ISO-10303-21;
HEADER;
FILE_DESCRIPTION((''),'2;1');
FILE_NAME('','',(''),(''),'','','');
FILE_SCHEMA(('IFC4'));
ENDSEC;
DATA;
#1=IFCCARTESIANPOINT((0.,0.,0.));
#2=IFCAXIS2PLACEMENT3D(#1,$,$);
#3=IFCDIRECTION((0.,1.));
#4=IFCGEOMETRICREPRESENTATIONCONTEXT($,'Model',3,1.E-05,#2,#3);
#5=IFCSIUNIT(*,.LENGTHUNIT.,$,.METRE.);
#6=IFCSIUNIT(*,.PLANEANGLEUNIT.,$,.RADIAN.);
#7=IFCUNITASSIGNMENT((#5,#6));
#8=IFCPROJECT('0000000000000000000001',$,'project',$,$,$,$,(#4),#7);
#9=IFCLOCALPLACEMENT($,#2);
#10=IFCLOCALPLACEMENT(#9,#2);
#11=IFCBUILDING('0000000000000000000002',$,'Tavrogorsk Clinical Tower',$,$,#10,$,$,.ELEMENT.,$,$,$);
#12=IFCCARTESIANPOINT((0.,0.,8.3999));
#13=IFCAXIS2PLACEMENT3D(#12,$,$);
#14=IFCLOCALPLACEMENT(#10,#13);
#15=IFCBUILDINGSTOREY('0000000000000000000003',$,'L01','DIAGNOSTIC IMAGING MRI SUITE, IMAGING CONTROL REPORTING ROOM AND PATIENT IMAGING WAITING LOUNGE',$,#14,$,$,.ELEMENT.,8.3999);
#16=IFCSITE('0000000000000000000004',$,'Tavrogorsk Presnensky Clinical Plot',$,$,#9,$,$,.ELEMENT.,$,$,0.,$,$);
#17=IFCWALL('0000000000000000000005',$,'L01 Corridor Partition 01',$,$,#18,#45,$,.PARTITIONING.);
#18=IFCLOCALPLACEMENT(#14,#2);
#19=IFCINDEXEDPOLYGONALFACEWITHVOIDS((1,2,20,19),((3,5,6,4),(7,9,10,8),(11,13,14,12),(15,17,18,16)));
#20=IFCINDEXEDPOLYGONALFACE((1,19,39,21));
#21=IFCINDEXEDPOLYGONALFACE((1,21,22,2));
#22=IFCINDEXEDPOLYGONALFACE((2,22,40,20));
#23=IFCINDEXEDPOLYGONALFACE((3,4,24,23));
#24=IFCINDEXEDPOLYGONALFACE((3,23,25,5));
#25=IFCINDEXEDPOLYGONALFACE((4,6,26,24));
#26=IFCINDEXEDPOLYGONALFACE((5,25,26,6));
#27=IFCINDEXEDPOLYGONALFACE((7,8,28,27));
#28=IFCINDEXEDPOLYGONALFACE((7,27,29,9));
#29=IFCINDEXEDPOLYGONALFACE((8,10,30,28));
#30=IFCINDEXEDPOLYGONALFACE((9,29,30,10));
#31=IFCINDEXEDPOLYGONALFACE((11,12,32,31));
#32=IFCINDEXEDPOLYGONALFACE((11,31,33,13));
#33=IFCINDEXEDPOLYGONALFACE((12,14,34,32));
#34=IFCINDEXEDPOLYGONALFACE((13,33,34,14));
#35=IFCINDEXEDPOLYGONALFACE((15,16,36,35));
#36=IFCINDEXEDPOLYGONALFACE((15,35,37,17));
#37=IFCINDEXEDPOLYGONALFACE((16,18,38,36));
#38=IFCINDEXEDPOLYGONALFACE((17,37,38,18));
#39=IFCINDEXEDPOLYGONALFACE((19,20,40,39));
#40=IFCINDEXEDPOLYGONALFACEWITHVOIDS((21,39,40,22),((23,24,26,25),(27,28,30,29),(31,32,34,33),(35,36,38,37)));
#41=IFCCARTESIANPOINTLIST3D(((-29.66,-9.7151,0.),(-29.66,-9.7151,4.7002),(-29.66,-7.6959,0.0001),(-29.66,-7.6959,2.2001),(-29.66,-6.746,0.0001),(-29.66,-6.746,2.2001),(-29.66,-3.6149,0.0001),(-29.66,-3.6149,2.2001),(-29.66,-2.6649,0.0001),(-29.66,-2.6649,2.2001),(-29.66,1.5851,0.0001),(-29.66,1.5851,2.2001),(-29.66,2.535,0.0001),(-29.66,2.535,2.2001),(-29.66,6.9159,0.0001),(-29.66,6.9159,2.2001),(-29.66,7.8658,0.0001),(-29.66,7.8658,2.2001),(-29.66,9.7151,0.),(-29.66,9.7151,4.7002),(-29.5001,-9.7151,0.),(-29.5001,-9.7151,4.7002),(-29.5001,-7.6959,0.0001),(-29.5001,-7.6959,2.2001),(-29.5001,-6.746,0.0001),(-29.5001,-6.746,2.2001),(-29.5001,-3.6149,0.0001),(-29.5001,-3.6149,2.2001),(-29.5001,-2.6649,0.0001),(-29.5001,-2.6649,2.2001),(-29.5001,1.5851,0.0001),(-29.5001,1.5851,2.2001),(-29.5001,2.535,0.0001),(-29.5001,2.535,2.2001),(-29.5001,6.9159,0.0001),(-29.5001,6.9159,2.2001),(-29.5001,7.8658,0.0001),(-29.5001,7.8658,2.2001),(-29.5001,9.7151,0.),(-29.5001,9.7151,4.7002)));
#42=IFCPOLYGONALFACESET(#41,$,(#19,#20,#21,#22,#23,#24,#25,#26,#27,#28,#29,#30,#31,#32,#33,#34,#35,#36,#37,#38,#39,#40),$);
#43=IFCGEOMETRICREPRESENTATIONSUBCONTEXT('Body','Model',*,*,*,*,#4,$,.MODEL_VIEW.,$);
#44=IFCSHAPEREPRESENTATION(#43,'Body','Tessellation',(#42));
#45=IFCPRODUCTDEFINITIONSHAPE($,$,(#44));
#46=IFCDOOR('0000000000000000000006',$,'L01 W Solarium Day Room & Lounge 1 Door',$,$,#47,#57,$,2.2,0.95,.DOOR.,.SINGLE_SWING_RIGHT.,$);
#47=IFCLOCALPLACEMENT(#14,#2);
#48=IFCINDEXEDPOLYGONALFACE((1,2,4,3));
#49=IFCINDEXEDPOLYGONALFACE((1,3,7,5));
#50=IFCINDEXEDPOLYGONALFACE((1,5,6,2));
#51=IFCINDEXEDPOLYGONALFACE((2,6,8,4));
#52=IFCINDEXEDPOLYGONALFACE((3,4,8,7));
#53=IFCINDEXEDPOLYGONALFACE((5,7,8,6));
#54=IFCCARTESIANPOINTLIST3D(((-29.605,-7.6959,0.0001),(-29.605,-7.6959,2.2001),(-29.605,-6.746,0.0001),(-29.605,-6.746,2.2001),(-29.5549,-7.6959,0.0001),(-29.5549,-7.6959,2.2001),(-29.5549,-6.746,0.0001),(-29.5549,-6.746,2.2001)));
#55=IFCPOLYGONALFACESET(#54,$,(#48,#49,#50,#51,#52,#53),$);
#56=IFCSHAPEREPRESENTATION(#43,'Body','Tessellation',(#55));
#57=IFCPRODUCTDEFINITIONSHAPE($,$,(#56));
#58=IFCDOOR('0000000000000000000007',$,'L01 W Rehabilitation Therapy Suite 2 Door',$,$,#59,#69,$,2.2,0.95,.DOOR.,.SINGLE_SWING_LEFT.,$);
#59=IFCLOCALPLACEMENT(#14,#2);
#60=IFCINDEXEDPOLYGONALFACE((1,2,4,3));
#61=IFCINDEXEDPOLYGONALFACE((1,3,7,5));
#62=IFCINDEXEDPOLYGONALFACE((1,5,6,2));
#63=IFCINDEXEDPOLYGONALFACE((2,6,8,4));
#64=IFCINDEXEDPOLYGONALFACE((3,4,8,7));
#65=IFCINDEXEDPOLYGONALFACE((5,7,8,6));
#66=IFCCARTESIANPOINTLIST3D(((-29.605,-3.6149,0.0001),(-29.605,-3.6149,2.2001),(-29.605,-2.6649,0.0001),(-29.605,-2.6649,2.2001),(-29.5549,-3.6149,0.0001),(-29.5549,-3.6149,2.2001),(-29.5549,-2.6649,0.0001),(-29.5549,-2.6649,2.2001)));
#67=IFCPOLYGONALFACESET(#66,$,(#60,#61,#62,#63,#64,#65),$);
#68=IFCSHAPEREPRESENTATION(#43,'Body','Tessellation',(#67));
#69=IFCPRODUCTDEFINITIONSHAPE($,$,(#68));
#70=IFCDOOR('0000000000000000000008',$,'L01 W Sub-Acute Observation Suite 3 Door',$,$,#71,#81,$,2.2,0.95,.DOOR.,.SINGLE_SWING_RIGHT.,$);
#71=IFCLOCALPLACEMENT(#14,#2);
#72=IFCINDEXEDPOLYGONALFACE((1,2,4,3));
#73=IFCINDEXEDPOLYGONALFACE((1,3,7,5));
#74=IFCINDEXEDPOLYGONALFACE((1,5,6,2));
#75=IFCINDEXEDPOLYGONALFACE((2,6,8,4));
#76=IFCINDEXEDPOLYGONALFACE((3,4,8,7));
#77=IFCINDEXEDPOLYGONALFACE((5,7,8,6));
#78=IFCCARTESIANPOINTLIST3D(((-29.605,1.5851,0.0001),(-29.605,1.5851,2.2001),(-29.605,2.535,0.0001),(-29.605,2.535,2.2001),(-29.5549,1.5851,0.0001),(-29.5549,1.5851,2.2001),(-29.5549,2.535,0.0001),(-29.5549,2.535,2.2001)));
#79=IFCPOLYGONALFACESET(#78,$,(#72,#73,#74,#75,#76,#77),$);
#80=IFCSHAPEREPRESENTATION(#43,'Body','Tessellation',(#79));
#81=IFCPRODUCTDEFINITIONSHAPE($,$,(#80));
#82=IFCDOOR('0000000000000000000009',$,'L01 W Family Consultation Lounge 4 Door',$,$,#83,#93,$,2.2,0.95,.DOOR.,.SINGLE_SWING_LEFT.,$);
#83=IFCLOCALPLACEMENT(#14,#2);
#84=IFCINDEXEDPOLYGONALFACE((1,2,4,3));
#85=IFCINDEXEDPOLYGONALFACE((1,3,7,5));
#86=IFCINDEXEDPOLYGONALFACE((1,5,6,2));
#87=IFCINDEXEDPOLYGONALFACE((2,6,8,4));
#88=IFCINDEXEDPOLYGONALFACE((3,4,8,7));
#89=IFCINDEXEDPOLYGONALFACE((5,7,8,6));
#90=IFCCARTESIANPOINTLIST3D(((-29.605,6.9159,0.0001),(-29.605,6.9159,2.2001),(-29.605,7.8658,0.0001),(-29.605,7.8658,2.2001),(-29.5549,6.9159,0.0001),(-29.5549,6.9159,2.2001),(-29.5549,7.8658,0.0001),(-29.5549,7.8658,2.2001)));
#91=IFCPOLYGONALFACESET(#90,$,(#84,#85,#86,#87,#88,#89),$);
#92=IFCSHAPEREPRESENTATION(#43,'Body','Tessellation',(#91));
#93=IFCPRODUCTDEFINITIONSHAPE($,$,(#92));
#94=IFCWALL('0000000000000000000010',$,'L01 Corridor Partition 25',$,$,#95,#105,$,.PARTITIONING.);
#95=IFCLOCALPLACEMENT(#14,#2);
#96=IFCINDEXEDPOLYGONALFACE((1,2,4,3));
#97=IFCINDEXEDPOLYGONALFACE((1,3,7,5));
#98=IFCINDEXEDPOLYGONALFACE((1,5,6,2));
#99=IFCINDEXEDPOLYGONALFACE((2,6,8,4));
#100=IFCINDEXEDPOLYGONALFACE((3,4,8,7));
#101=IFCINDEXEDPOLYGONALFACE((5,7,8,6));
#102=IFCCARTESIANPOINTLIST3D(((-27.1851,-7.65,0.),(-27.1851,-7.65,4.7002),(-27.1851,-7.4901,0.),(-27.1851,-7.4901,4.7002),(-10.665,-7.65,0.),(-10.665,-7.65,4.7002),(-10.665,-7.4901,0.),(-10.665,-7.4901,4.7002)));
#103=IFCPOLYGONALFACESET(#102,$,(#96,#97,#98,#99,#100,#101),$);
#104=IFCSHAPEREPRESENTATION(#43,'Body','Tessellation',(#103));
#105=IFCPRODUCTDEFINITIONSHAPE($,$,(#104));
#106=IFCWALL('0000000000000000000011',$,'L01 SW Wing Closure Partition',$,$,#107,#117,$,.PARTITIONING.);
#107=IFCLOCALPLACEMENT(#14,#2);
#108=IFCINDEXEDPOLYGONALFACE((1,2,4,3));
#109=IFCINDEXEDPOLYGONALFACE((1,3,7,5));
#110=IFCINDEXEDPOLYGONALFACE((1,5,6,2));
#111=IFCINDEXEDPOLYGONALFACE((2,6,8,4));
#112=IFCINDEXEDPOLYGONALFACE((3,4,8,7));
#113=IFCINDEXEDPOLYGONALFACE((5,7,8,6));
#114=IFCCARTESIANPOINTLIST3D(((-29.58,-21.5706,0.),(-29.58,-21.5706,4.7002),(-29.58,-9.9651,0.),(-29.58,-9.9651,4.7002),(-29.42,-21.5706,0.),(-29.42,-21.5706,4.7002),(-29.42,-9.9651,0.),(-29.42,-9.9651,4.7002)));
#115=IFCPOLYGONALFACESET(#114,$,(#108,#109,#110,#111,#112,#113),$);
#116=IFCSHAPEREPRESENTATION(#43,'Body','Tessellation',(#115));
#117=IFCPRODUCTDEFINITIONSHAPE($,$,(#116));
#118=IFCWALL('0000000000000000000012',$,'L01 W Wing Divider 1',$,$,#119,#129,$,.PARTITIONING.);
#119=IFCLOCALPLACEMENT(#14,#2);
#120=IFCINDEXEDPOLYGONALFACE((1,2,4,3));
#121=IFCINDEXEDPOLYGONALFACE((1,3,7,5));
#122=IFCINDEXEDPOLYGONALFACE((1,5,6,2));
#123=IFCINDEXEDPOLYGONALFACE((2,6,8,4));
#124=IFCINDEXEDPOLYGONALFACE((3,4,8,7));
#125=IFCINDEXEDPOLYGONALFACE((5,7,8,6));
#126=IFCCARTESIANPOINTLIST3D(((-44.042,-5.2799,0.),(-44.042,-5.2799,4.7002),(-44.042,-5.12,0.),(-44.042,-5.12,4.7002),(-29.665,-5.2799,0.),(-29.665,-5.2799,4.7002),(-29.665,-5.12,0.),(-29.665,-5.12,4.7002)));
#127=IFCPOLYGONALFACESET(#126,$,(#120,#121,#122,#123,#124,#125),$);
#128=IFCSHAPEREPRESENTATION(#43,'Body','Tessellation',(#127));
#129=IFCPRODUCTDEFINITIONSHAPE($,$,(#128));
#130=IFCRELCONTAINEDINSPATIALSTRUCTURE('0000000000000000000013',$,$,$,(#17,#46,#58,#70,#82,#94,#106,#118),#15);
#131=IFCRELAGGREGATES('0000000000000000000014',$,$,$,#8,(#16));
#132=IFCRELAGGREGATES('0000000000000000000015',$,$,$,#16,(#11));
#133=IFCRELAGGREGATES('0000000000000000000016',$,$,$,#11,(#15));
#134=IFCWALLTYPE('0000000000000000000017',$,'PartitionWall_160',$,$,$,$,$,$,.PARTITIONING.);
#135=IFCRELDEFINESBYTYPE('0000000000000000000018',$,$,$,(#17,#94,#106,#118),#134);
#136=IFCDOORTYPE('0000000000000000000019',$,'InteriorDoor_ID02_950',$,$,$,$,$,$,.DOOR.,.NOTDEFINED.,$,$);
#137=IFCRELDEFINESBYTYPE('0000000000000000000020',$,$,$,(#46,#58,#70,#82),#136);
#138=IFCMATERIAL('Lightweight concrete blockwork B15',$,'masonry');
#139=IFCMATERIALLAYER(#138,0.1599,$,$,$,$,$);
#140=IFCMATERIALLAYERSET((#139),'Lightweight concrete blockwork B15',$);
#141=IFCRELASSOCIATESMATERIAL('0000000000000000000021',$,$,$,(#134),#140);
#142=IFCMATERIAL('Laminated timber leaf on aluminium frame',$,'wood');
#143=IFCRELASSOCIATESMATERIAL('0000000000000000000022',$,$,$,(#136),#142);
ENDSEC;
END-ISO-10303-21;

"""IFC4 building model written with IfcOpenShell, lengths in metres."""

from ifc_helpers import new_model, si_unit, direction, frame, frame_2d, origin, place, context, subcontext, project, spatial, rectangle, extrude, material, layer, layer_set, type_object, element, fill, save


model = new_model("IFC4")

# Units and contexts
model_context = context("Model", 3, precision=1e-05, world=origin(), true_north=direction((0.0, 1.0)))
body_context = subcontext(model_context, "Body", "Model", "MODEL_VIEW")
ifc_project = project(units=[si_unit("LENGTHUNIT", "METRE"), si_unit("PLANEANGLEUNIT", "RADIAN")], contexts=[model_context])

# Site, building, storey
site_placement = place(None, origin())
site = spatial("IfcSite", under=ifc_project, at=site_placement, Name="Tavrogorsk Presnensky Clinical Plot", CompositionType="ELEMENT", RefElevation=0.0)
building_placement = place(site_placement, origin())
building = spatial("IfcBuilding", under=site, at=building_placement, Name="Tavrogorsk Clinical Tower", CompositionType="ELEMENT")
storey_placement = place(building_placement, frame((0.0, 0.0, 8.3999)))
storey = spatial("IfcBuildingStorey", under=building, at=storey_placement, Name="L01", Description="DIAGNOSTIC IMAGING MRI SUITE, IMAGING CONTROL REPORTING ROOM AND PATIENT IMAGING WAITING LOUNGE", CompositionType="ELEMENT", Elevation=8.3999)

# Shared definitions
ifc_material_1 = material(Name="Lightweight concrete blockwork B15", Category="masonry")
ifc_layer_1 = layer(ifc_material_1, 0.1599)
ifc_layer_set_1 = layer_set([ifc_layer_1], Name="Lightweight concrete blockwork B15")
wall_type_1 = type_object("IfcWallType", Name="PartitionWall_160", PredefinedType="PARTITIONING", material=ifc_layer_set_1)

# Wall, openings, doors
wall_1_placement = place(storey_placement, frame((-29.5801, -9.7151, 0.0), z_axis=(0.0, 0.0, 1.0), x_axis=(0.0, 1.0, 0.0)))
wall_1 = element("IfcWall", 1, at=wall_1_placement, inside=storey, type_object=wall_type_1, Name="L01 Corridor Partition 01", PredefinedType="PARTITIONING", context=body_context, shape_type="SweptSolid", body=[
    extrude(rectangle(XDim=19.4302, YDim=0.1599, at=frame_2d((9.7151, 0.0))), origin(), (0.0, 0.0, 1.0), 4.7002),
])
opening_1_placement = place(wall_1_placement, frame((2.019, 0.0, 0.0)))
opening_1 = element("IfcOpeningElement", 2, at=opening_1_placement, cuts=wall_1, PredefinedType="OPENING", context=body_context, shape_type="SweptSolid", body=[
    extrude(rectangle(XDim=0.95, YDim=2.2, at=frame_2d((0.4751, 1.1001))), frame((0.0, 0.0898, 0.0), z_axis=(0.0, -1.0, 0.0), x_axis=(1.0, 0.0, 0.0)), (0.0, 0.0, 1.0), 0.1799),
])
opening_2_placement = place(wall_1_placement, frame((6.1001, 0.0, 0.0)))
opening_2 = element("IfcOpeningElement", 3, at=opening_2_placement, cuts=wall_1, PredefinedType="OPENING", context=body_context, shape_type="SweptSolid", body=[
    extrude(rectangle(XDim=0.95, YDim=2.2, at=frame_2d((0.4751, 1.1001))), frame((0.0, 0.0898, 0.0), z_axis=(0.0, -1.0, 0.0), x_axis=(1.0, 0.0, 0.0)), (0.0, 0.0, 1.0), 0.1799),
])
opening_3_placement = place(wall_1_placement, frame((11.3, 0.0, 0.0)))
opening_3 = element("IfcOpeningElement", 4, at=opening_3_placement, cuts=wall_1, PredefinedType="OPENING", context=body_context, shape_type="SweptSolid", body=[
    extrude(rectangle(XDim=0.95, YDim=2.2, at=frame_2d((0.4751, 1.1001))), frame((0.0, 0.0898, 0.0), z_axis=(0.0, -1.0, 0.0), x_axis=(1.0, 0.0, 0.0)), (0.0, 0.0, 1.0), 0.1799),
])
opening_4_placement = place(wall_1_placement, frame((16.6309, 0.0, 0.0)))
opening_4 = element("IfcOpeningElement", 5, at=opening_4_placement, cuts=wall_1, PredefinedType="OPENING", context=body_context, shape_type="SweptSolid", body=[
    extrude(rectangle(XDim=0.95, YDim=2.2, at=frame_2d((0.4751, 1.1001))), frame((0.0, 0.0898, 0.0), z_axis=(0.0, -1.0, 0.0), x_axis=(1.0, 0.0, 0.0)), (0.0, 0.0, 1.0), 0.1799),
])
ifc_material_2 = material(Name="Laminated timber leaf on aluminium frame", Category="wood")
door_type = type_object("IfcDoorType", Name="InteriorDoor_ID02_950", OperationType="NOTDEFINED", PredefinedType="DOOR", material=ifc_material_2)
door_1_placement = place(opening_1_placement, origin())
door_1 = element("IfcDoor", 6, at=door_1_placement, inside=storey, type_object=door_type, Name="L01 W Solarium Day Room & Lounge 1 Door", OperationType="SINGLE_SWING_RIGHT", OverallHeight=2.2, OverallWidth=0.95, PredefinedType="DOOR", context=body_context, shape_type="SweptSolid", body=[
    extrude(rectangle(XDim=0.95, YDim=2.2, at=frame_2d((0.4751, 1.1001))), frame((0.0, 0.0249, 0.0), z_axis=(0.0, -1.0, 0.0), x_axis=(1.0, 0.0, 0.0)), (0.0, 0.0, 1.0), 0.05),
])
fill(opening_1, door_1)
door_2_placement = place(opening_2_placement, origin())
door_2 = element("IfcDoor", 7, at=door_2_placement, inside=storey, type_object=door_type, Name="L01 W Rehabilitation Therapy Suite 2 Door", OperationType="SINGLE_SWING_LEFT", OverallHeight=2.2, OverallWidth=0.95, PredefinedType="DOOR", context=body_context, shape_type="SweptSolid", body=[
    extrude(rectangle(XDim=0.95, YDim=2.2, at=frame_2d((0.4751, 1.1001))), frame((0.0, 0.0249, 0.0), z_axis=(0.0, -1.0, 0.0), x_axis=(1.0, 0.0, 0.0)), (0.0, 0.0, 1.0), 0.05),
])
fill(opening_2, door_2)
door_3_placement = place(opening_3_placement, origin())
door_3 = element("IfcDoor", 8, at=door_3_placement, inside=storey, type_object=door_type, Name="L01 W Sub-Acute Observation Suite 3 Door", OperationType="SINGLE_SWING_RIGHT", OverallHeight=2.2, OverallWidth=0.95, PredefinedType="DOOR", context=body_context, shape_type="SweptSolid", body=[
    extrude(rectangle(XDim=0.95, YDim=2.2, at=frame_2d((0.4751, 1.1001))), frame((0.0, 0.0249, 0.0), z_axis=(0.0, -1.0, 0.0), x_axis=(1.0, 0.0, 0.0)), (0.0, 0.0, 1.0), 0.05),
])
fill(opening_3, door_3)
door_4_placement = place(opening_4_placement, origin())
door_4 = element("IfcDoor", 9, at=door_4_placement, inside=storey, type_object=door_type, Name="L01 W Family Consultation Lounge 4 Door", OperationType="SINGLE_SWING_LEFT", OverallHeight=2.2, OverallWidth=0.95, PredefinedType="DOOR", context=body_context, shape_type="SweptSolid", body=[
    extrude(rectangle(XDim=0.95, YDim=2.2, at=frame_2d((0.4751, 1.1001))), frame((0.0, 0.0249, 0.0), z_axis=(0.0, -1.0, 0.0), x_axis=(1.0, 0.0, 0.0)), (0.0, 0.0, 1.0), 0.05),
])
fill(opening_4, door_4)

# Walls
wall_2_placement = place(storey_placement, frame((-27.1851, -7.5701, 0.0), z_axis=(0.0, 0.0, 1.0), x_axis=(1.0, 0.0, 0.0)))
element("IfcWall", 10, at=wall_2_placement, inside=storey, type_object=wall_type_1, Name="L01 Corridor Partition 25", PredefinedType="PARTITIONING", context=body_context, shape_type="SweptSolid", body=[
    extrude(rectangle(XDim=16.52, YDim=0.1599, at=frame_2d((8.26, 0.0))), origin(), (0.0, 0.0, 1.0), 4.7002),
])
wall_3_placement = place(storey_placement, frame((-29.5, -21.5706, 0.0), z_axis=(0.0, 0.0, 1.0), x_axis=(0.0, 1.0, 0.0)))
element("IfcWall", 11, at=wall_3_placement, inside=storey, type_object=wall_type_1, Name="L01 SW Wing Closure Partition", PredefinedType="PARTITIONING", context=body_context, shape_type="SweptSolid", body=[
    extrude(rectangle(XDim=11.6055, YDim=0.1599, at=frame_2d((5.8027, 0.0))), origin(), (0.0, 0.0, 1.0), 4.7002),
])
wall_4_placement = place(storey_placement, frame((-44.042, -5.2, 0.0), z_axis=(0.0, 0.0, 1.0), x_axis=(1.0, 0.0, 0.0)))
element("IfcWall", 12, at=wall_4_placement, inside=storey, type_object=wall_type_1, Name="L01 W Wing Divider 1", PredefinedType="PARTITIONING", context=body_context, shape_type="SweptSolid", body=[
    extrude(rectangle(XDim=14.377, YDim=0.1599, at=frame_2d((7.1885, 0.0))), origin(), (0.0, 0.0, 1.0), 4.7002),
])

save(model, "model.ifc")
